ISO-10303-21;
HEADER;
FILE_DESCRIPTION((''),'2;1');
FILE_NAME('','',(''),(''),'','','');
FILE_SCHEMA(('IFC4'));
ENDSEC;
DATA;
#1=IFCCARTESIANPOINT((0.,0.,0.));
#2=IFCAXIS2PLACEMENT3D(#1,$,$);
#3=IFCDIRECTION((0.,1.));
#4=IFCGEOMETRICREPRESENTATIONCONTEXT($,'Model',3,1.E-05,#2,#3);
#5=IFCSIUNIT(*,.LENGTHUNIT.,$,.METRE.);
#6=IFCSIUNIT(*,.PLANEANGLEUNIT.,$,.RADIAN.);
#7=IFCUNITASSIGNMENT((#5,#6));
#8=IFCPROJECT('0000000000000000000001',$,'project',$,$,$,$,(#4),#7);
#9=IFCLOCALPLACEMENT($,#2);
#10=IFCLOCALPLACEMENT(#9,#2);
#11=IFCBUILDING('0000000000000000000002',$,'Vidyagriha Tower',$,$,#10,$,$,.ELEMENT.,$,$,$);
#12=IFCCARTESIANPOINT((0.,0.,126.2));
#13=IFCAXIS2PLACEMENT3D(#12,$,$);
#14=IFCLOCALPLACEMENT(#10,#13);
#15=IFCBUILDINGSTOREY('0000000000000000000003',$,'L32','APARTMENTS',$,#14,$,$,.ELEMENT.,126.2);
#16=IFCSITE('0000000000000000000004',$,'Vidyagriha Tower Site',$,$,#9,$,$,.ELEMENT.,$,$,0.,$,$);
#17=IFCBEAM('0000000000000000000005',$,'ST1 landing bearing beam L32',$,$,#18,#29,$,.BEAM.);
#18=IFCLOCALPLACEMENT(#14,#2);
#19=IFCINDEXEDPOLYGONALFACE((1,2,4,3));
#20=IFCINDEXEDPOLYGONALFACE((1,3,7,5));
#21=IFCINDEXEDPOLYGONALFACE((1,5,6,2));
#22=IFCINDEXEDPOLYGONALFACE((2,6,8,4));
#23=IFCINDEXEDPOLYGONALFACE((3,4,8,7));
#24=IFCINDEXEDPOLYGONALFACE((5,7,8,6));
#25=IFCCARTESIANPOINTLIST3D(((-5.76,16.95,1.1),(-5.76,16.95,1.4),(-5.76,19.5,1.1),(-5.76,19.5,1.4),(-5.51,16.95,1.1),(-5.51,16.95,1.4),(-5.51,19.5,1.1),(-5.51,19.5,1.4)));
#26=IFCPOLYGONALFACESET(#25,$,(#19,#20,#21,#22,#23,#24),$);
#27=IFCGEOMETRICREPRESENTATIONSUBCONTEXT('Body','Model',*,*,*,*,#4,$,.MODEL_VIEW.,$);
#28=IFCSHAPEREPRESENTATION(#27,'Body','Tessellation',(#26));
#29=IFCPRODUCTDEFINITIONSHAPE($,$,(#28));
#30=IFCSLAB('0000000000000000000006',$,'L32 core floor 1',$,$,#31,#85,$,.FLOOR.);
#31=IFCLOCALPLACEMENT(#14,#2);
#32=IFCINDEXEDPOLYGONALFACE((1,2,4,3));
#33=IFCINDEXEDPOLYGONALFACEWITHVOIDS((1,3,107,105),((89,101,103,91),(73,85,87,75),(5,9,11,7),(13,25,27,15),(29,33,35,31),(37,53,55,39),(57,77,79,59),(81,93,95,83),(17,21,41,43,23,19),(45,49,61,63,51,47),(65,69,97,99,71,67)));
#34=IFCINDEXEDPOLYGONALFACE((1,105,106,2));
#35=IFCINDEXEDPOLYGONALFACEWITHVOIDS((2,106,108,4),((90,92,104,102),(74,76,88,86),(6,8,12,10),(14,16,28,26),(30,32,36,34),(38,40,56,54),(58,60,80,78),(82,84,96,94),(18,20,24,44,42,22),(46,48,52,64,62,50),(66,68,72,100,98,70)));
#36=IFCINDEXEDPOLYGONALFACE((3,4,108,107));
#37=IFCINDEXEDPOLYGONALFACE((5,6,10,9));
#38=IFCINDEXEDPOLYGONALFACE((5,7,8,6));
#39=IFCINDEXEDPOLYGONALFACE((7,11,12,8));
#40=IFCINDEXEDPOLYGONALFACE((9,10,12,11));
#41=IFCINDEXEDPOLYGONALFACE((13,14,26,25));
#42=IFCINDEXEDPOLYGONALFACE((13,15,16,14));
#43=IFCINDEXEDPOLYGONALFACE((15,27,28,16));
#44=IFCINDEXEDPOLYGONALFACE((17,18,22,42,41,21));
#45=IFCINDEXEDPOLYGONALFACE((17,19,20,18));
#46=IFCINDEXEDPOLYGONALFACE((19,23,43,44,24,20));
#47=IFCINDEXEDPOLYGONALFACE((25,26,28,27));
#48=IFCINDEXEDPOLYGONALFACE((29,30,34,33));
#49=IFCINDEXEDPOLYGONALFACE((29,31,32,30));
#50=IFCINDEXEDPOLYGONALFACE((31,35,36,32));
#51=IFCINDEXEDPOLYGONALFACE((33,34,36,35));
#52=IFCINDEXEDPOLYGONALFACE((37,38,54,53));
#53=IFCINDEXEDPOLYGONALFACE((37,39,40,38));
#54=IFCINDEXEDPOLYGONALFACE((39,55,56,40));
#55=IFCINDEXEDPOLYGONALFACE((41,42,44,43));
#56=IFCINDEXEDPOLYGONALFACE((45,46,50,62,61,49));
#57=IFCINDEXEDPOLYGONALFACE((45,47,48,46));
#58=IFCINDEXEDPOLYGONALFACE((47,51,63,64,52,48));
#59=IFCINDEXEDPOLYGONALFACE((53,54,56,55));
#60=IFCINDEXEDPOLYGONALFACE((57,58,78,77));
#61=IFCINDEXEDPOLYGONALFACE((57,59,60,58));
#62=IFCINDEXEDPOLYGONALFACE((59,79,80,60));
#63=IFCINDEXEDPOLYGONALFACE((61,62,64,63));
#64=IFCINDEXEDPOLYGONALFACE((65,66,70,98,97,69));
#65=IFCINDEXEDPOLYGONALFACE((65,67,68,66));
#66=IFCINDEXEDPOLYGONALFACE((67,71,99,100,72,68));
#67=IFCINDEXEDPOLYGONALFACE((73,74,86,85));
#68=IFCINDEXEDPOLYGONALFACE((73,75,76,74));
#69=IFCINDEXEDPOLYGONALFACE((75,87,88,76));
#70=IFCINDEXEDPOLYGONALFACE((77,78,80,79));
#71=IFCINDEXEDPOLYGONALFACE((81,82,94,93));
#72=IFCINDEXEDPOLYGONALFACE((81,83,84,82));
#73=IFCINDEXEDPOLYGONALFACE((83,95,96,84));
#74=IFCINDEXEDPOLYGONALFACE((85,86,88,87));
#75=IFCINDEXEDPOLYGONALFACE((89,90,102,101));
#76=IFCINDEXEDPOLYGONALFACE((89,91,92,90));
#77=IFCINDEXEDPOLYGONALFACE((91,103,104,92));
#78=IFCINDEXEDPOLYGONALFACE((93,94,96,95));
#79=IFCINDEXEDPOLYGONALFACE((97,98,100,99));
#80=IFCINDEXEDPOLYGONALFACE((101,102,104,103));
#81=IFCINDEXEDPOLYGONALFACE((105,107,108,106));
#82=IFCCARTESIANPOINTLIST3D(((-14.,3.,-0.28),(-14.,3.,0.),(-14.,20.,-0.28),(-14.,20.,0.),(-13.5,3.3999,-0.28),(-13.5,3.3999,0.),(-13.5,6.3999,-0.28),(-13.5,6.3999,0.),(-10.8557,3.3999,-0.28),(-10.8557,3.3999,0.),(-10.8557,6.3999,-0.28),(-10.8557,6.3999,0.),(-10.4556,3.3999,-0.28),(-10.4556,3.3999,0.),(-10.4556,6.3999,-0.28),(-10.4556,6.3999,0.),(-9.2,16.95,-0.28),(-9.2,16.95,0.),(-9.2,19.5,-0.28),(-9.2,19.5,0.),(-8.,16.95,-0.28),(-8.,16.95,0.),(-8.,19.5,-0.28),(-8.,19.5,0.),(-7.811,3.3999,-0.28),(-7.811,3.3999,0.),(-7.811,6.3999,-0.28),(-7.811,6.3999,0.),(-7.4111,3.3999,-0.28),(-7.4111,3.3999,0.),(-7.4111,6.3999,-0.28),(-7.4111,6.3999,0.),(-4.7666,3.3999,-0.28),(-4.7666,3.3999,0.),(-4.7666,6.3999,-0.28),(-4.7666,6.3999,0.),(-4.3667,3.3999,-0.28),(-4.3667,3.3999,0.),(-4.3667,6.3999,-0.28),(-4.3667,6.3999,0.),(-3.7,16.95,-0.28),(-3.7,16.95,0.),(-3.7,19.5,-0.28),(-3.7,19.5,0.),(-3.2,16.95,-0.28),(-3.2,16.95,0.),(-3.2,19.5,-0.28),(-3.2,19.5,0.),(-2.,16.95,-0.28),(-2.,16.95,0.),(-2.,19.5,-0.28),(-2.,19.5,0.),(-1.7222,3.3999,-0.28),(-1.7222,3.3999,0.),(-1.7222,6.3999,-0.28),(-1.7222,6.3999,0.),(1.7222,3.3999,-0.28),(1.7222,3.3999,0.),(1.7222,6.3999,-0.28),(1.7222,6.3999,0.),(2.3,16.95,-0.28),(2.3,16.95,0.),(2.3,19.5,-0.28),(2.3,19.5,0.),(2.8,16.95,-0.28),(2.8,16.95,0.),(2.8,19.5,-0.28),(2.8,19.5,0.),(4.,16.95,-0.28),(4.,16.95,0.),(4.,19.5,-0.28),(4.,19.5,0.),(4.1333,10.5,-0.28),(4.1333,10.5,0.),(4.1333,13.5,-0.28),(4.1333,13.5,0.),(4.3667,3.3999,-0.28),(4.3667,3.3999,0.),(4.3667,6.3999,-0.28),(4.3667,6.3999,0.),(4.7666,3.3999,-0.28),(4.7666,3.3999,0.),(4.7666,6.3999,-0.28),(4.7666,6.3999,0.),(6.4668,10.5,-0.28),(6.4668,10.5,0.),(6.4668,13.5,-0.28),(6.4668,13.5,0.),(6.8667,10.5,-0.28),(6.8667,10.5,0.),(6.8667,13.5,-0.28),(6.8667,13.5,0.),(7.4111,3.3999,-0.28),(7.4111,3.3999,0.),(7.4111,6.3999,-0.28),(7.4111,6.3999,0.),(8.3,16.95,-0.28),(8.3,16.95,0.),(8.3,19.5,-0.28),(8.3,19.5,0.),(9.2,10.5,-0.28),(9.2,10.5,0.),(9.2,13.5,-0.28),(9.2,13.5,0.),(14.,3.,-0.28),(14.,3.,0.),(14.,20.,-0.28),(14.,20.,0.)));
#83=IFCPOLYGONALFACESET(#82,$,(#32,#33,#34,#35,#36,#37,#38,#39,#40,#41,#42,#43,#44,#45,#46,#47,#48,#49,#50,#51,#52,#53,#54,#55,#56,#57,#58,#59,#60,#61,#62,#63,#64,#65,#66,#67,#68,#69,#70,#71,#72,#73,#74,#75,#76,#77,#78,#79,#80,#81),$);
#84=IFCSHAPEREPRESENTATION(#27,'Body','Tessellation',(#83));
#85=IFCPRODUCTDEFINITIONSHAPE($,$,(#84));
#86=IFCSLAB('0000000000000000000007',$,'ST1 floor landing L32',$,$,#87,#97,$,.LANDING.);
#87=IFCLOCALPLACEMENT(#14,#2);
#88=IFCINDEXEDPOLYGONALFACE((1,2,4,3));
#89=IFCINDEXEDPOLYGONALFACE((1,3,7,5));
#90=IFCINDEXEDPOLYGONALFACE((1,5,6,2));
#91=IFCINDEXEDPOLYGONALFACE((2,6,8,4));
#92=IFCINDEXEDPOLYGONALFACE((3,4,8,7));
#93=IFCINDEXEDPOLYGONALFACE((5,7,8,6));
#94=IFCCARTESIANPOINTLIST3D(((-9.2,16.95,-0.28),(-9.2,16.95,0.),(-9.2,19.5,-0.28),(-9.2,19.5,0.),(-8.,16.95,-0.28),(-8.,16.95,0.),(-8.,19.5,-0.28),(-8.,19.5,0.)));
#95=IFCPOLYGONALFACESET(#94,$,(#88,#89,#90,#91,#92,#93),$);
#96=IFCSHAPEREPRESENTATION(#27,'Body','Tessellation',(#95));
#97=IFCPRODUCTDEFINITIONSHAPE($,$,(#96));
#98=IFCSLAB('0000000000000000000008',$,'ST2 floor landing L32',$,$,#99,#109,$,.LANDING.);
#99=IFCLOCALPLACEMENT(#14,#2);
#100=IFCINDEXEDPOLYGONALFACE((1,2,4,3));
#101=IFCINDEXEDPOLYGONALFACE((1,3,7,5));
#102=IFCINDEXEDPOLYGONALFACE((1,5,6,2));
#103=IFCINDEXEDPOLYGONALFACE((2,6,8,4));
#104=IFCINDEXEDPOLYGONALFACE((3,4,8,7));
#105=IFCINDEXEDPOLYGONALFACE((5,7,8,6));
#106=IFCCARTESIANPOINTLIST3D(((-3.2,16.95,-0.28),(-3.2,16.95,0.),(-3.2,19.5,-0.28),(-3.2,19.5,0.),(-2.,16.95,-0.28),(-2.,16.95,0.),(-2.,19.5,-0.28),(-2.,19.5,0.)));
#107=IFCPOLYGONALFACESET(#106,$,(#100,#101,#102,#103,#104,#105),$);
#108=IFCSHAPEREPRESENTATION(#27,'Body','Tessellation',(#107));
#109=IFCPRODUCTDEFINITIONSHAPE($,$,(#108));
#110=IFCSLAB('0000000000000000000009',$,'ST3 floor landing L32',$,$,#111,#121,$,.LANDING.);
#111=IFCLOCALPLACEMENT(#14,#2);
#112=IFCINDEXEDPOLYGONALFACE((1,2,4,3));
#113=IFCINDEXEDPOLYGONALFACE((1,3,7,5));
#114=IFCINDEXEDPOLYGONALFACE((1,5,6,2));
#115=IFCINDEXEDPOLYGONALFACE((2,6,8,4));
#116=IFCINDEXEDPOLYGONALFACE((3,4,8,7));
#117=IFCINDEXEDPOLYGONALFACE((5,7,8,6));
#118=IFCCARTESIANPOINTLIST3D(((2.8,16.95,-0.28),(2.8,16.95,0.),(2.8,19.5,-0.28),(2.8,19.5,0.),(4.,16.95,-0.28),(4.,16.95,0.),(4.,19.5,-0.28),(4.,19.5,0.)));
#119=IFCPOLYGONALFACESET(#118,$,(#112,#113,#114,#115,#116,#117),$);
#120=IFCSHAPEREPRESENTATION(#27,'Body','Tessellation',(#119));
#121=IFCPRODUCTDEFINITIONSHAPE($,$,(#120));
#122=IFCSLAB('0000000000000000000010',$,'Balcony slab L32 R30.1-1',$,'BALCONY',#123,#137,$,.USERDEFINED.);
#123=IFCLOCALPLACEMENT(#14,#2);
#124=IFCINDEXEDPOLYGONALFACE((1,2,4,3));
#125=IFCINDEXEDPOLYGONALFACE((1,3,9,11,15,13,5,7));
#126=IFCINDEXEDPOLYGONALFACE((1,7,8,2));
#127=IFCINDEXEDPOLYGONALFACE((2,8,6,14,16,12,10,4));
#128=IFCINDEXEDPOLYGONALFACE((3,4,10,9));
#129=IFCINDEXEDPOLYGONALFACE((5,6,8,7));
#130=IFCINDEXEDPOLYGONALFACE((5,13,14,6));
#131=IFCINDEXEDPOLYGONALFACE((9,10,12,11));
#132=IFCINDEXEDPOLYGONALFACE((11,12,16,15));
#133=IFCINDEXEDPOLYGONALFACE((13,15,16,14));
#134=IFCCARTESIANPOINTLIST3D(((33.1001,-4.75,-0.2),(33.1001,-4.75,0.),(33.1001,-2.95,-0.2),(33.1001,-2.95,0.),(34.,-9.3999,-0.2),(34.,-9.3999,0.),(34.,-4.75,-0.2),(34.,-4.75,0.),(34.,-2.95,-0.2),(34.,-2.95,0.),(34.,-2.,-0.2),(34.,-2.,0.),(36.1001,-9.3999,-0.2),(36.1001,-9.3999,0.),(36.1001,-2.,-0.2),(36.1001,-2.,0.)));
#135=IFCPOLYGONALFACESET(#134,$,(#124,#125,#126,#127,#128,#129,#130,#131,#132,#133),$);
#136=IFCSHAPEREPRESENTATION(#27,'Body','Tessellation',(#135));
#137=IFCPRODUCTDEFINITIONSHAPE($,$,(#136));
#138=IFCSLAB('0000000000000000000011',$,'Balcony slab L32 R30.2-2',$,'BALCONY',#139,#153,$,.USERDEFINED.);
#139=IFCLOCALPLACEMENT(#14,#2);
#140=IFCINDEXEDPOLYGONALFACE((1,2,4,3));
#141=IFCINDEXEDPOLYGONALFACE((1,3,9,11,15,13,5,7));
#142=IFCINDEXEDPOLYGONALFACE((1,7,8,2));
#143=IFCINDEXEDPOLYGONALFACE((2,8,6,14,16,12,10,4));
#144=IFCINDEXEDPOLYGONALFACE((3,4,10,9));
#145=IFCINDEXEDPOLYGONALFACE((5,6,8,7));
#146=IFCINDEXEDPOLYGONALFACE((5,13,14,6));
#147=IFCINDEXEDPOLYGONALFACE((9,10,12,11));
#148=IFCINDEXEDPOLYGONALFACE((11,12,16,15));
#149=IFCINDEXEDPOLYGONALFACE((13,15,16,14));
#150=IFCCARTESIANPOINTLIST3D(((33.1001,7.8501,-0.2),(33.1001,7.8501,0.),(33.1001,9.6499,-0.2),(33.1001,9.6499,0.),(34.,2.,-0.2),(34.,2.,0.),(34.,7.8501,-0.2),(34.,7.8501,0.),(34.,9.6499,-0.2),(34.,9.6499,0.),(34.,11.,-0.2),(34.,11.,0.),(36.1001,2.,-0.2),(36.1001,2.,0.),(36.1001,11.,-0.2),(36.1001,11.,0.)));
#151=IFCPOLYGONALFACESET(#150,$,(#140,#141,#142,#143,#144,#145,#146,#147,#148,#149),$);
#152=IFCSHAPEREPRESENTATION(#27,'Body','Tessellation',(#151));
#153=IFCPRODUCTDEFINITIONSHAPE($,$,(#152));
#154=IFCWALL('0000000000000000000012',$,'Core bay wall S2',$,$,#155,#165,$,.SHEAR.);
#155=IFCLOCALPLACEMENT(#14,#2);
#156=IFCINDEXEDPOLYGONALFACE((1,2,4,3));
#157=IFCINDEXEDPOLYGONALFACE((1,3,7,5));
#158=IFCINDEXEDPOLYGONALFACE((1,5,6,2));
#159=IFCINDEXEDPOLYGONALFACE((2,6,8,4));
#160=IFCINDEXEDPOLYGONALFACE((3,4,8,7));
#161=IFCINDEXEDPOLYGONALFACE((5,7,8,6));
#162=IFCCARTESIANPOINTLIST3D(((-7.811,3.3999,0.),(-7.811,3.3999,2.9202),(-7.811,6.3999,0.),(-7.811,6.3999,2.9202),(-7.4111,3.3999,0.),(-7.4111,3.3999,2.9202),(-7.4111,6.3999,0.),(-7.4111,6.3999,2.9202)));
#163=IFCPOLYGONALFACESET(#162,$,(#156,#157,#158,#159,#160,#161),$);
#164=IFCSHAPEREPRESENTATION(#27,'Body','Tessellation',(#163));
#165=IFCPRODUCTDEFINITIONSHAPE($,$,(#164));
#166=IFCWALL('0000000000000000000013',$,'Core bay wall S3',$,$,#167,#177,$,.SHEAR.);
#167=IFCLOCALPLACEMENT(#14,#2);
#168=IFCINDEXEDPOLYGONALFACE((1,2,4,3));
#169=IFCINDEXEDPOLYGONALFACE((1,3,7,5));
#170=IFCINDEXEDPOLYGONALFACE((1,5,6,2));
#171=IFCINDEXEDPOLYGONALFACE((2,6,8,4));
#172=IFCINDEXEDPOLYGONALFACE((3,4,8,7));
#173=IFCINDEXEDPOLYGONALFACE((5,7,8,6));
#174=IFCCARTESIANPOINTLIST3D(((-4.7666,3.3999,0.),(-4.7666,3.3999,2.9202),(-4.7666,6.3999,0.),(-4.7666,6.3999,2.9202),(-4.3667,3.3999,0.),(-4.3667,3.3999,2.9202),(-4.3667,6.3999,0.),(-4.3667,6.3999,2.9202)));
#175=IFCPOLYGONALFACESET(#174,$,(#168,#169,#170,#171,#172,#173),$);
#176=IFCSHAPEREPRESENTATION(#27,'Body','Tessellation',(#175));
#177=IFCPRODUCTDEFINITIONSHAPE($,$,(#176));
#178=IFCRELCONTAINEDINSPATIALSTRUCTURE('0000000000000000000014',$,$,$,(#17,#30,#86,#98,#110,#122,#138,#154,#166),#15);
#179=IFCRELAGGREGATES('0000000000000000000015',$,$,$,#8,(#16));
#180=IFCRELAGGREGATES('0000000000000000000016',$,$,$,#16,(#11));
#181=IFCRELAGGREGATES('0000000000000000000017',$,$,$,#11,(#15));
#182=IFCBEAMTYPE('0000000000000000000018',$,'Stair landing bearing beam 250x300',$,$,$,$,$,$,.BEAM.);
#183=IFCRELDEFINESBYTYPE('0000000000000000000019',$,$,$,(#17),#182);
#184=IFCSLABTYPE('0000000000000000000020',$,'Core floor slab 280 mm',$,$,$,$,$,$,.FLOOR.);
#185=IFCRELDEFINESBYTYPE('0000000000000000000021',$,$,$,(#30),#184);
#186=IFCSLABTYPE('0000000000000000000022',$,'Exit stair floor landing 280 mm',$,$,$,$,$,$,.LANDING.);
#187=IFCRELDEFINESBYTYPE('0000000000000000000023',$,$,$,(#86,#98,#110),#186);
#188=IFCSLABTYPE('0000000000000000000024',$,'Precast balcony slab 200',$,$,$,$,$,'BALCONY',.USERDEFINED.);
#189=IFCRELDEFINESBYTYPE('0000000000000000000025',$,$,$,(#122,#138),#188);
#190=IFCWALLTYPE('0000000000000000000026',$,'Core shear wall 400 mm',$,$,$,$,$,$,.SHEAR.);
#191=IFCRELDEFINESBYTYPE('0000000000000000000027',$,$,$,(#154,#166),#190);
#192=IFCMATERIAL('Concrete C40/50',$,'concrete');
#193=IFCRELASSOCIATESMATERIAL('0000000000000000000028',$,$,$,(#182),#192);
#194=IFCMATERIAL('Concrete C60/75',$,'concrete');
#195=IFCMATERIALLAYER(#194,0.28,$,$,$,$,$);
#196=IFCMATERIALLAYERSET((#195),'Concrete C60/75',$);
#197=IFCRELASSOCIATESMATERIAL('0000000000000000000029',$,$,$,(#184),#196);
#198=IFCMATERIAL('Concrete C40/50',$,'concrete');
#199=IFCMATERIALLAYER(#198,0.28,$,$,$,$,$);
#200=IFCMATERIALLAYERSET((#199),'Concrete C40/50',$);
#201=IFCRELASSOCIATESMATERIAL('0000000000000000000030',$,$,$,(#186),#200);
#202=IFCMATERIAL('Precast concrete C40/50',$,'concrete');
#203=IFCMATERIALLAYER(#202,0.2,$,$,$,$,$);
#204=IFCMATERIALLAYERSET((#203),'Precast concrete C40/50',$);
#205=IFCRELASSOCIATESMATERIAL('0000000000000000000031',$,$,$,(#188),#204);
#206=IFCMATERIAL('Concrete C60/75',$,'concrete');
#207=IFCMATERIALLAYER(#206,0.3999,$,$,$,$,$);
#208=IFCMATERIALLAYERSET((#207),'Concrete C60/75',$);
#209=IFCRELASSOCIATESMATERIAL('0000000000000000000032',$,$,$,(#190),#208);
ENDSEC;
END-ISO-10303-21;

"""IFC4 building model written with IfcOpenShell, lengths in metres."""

from ifc_helpers import new_model, si_unit, direction, frame, frame_2d, origin, origin_2d, place, context, subcontext, project, spatial, polyline, rectangle, outline, extrude, material, layer, layer_set, material_profile, profile_set, type_object, element, save


model = new_model("IFC4")

# Units and contexts
model_context = context("Model", 3, precision=1e-05, world=origin(), true_north=direction((0.0, 1.0)))
body_context = subcontext(model_context, "Body", "Model", "MODEL_VIEW")
ifc_project = project(units=[si_unit("LENGTHUNIT", "METRE"), si_unit("PLANEANGLEUNIT", "RADIAN")], contexts=[model_context])

# Site, building, storey
site_placement = place(None, origin())
site = spatial("IfcSite", under=ifc_project, at=site_placement, Name="Vidyagriha Tower Site", CompositionType="ELEMENT", RefElevation=0.0)
building_placement = place(site_placement, origin())
building = spatial("IfcBuilding", under=site, at=building_placement, Name="Vidyagriha Tower", CompositionType="ELEMENT")
storey_placement = place(building_placement, frame((0.0, 0.0, 126.2)))
storey = spatial("IfcBuildingStorey", under=building, at=storey_placement, Name="L32", Description="APARTMENTS", CompositionType="ELEMENT", Elevation=126.2)

# Beam
ifc_material_1 = material(Name="Concrete C40/50", Category="concrete")
ifc_material_profile = material_profile(ifc_material_1, rectangle(XDim=0.25, YDim=0.3, at=origin_2d()), Name="Stair landing bearing beam 250x300")
ifc_profile_set = profile_set([ifc_material_profile], Name="Concrete C40/50")
beam_type = type_object("IfcBeamType", Name="Stair landing bearing beam 250x300", PredefinedType="BEAM", material=ifc_profile_set)
beam_placement = place(storey_placement, frame((-5.635, 16.95, 1.25), z_axis=(0.0, 1.0, 0.0), x_axis=(-1.0, 0.0, 0.0)))
element("IfcBeam", 1, at=beam_placement, inside=storey, type_object=beam_type, Name="ST1 landing bearing beam L32", PredefinedType="BEAM", context=body_context, shape_type="SweptSolid", body=[
    extrude(rectangle(XDim=0.25, YDim=0.3, at=origin_2d()), origin(), (0.0, 0.0, 1.0), 2.55),
])

# Slabs
ifc_material_2 = material(Name="Concrete C60/75", Category="concrete")
ifc_layer_1 = layer(ifc_material_2, 0.28)
ifc_layer_set_1 = layer_set([ifc_layer_1], Name="Concrete C60/75")
slab_type_1 = type_object("IfcSlabType", Name="Core floor slab 280 mm", PredefinedType="FLOOR", material=ifc_layer_set_1)
slab_1_placement = place(storey_placement, frame((0.0, 0.0, -0.28)))
element("IfcSlab", 2, at=slab_1_placement, inside=storey, type_object=slab_type_1, Name="L32 core floor 1", PredefinedType="FLOOR", context=body_context, shape_type="SweptSolid", body=[
    extrude(outline(polyline([(-14.0, 3.0), (-14.0, 20.0), (14.0, 20.0), (14.0, 3.0), (-14.0, 3.0)]), holes=[polyline([(9.2, 13.5), (6.8667, 13.5), (6.8667, 10.5), (9.2, 10.5), (9.2, 13.5)]), polyline([(4.0, 19.5), (2.8, 19.5), (2.8, 16.95), (4.0, 16.95), (8.3, 16.95), (8.3, 19.5), (4.0, 19.5)]), polyline([(7.4111, 6.3999), (4.7666, 6.3999), (4.7666, 3.3999), (7.4111, 3.3999), (7.4111, 6.3999)]), polyline([(6.4668, 13.5), (4.1333, 13.5), (4.1333, 10.5), (6.4668, 10.5), (6.4668, 13.5)]), polyline([(1.7222, 6.3999), (1.7222, 3.3999), (4.3667, 3.3999), (4.3667, 6.3999), (1.7222, 6.3999)]), polyline([(-2.0, 16.95), (2.3, 16.95), (2.3, 19.5), (-2.0, 19.5), (-3.2, 19.5), (-3.2, 16.95), (-2.0, 16.95)]), polyline([(-1.7222, 6.3999), (-4.3667, 6.3999), (-4.3667, 3.3999), (-1.7222, 3.3999), (-1.7222, 6.3999)]), polyline([(-8.0, 19.5), (-9.2, 19.5), (-9.2, 16.95), (-8.0, 16.95), (-3.7, 16.95), (-3.7, 19.5), (-8.0, 19.5)]), polyline([(-4.7666, 6.3999), (-7.4111, 6.3999), (-7.4111, 3.3999), (-4.7666, 3.3999), (-4.7666, 6.3999)]), polyline([(-7.811, 6.3999), (-10.4556, 6.3999), (-10.4556, 3.3999), (-7.811, 3.3999), (-7.811, 6.3999)]), polyline([(-13.5, 6.3999), (-13.5, 3.3999), (-10.8557, 3.3999), (-10.8557, 6.3999), (-13.5, 6.3999)])]), origin(), (0.0, 0.0, 1.0), 0.28),
])
ifc_material_3 = material(Name="Concrete C40/50", Category="concrete")
ifc_layer_2 = layer(ifc_material_3, 0.28)
ifc_layer_set_2 = layer_set([ifc_layer_2], Name="Concrete C40/50")
slab_type_2 = type_object("IfcSlabType", Name="Exit stair floor landing 280 mm", PredefinedType="LANDING", material=ifc_layer_set_2)
slab_2_placement = place(storey_placement, frame((0.0, 0.0, -0.28)))
element("IfcSlab", 3, at=slab_2_placement, inside=storey, type_object=slab_type_2, Name="ST1 floor landing L32", PredefinedType="LANDING", context=body_context, shape_type="SweptSolid", body=[
    extrude(outline(polyline([(-9.2, 16.95), (-8.0, 16.95), (-8.0, 19.5), (-9.2, 19.5), (-9.2, 16.95)])), origin(), (0.0, 0.0, 1.0), 0.28),
])
slab_3_placement = place(storey_placement, frame((0.0, 0.0, -0.28)))
element("IfcSlab", 4, at=slab_3_placement, inside=storey, type_object=slab_type_2, Name="ST2 floor landing L32", PredefinedType="LANDING", context=body_context, shape_type="SweptSolid", body=[
    extrude(outline(polyline([(-3.2, 16.95), (-2.0, 16.95), (-2.0, 19.5), (-3.2, 19.5), (-3.2, 16.95)])), origin(), (0.0, 0.0, 1.0), 0.28),
])
slab_4_placement = place(storey_placement, frame((0.0, 0.0, -0.28)))
element("IfcSlab", 5, at=slab_4_placement, inside=storey, type_object=slab_type_2, Name="ST3 floor landing L32", PredefinedType="LANDING", context=body_context, shape_type="SweptSolid", body=[
    extrude(outline(polyline([(2.8, 16.95), (4.0, 16.95), (4.0, 19.5), (2.8, 19.5), (2.8, 16.95)])), origin(), (0.0, 0.0, 1.0), 0.28),
])
ifc_material_4 = material(Name="Precast concrete C40/50", Category="concrete")
ifc_layer_3 = layer(ifc_material_4, 0.2)
ifc_layer_set_3 = layer_set([ifc_layer_3], Name="Precast concrete C40/50")
slab_type_3 = type_object("IfcSlabType", Name="Precast balcony slab 200", ElementType="BALCONY", PredefinedType="USERDEFINED", material=ifc_layer_set_3)
slab_5_placement = place(storey_placement, frame((0.0, 0.0, -0.2)))
element("IfcSlab", 6, at=slab_5_placement, inside=storey, type_object=slab_type_3, Name="Balcony slab L32 R30.1-1", ObjectType="BALCONY", PredefinedType="USERDEFINED", context=body_context, shape_type="SweptSolid", body=[
    extrude(outline(polyline([(34.0, -4.75), (34.0, -9.3999), (36.1001, -9.3999), (36.1001, -2.0), (34.0, -2.0), (34.0, -2.95), (33.1001, -2.95), (33.1001, -4.75), (34.0, -4.75)])), origin(), (0.0, 0.0, 1.0), 0.2),
])
slab_6_placement = place(storey_placement, frame((0.0, 0.0, -0.2)))
element("IfcSlab", 7, at=slab_6_placement, inside=storey, type_object=slab_type_3, Name="Balcony slab L32 R30.2-2", ObjectType="BALCONY", PredefinedType="USERDEFINED", context=body_context, shape_type="SweptSolid", body=[
    extrude(outline(polyline([(34.0, 7.8501), (34.0, 2.0), (36.1001, 2.0), (36.1001, 11.0), (34.0, 11.0), (34.0, 9.6499), (33.1001, 9.6499), (33.1001, 7.8501), (34.0, 7.8501)])), origin(), (0.0, 0.0, 1.0), 0.2),
])

# Walls
ifc_material_5 = material(Name="Concrete C60/75", Category="concrete")
ifc_layer_4 = layer(ifc_material_5, 0.3999)
ifc_layer_set_4 = layer_set([ifc_layer_4], Name="Concrete C60/75")
wall_type_1 = type_object("IfcWallType", Name="Core shear wall 400 mm", PredefinedType="SHEAR", material=ifc_layer_set_4)
for number, where, z_axis, x_axis, name in (
    (8, (-7.6111, 3.3999, 0.0), (0.0, 0.0, 1.0), (0.0, 1.0, 0.0), "Core bay wall S2"),
    (9, (-4.5667, 3.3999, 0.0), (0.0, 0.0, 1.0), (0.0, 1.0, 0.0), "Core bay wall S3"),
):
    element("IfcWall", number, at=place(storey_placement, frame(where, z_axis=z_axis, x_axis=x_axis)), inside=storey, type_object=wall_type_1, Name=name, PredefinedType="SHEAR", context=body_context, shape_type="SweptSolid", body=[
        extrude(rectangle(XDim=3.0, YDim=0.3999, at=frame_2d((1.5, 0.0))), origin(), (0.0, 0.0, 1.0), 2.9202),
    ])

save(model, "model.ifc")
